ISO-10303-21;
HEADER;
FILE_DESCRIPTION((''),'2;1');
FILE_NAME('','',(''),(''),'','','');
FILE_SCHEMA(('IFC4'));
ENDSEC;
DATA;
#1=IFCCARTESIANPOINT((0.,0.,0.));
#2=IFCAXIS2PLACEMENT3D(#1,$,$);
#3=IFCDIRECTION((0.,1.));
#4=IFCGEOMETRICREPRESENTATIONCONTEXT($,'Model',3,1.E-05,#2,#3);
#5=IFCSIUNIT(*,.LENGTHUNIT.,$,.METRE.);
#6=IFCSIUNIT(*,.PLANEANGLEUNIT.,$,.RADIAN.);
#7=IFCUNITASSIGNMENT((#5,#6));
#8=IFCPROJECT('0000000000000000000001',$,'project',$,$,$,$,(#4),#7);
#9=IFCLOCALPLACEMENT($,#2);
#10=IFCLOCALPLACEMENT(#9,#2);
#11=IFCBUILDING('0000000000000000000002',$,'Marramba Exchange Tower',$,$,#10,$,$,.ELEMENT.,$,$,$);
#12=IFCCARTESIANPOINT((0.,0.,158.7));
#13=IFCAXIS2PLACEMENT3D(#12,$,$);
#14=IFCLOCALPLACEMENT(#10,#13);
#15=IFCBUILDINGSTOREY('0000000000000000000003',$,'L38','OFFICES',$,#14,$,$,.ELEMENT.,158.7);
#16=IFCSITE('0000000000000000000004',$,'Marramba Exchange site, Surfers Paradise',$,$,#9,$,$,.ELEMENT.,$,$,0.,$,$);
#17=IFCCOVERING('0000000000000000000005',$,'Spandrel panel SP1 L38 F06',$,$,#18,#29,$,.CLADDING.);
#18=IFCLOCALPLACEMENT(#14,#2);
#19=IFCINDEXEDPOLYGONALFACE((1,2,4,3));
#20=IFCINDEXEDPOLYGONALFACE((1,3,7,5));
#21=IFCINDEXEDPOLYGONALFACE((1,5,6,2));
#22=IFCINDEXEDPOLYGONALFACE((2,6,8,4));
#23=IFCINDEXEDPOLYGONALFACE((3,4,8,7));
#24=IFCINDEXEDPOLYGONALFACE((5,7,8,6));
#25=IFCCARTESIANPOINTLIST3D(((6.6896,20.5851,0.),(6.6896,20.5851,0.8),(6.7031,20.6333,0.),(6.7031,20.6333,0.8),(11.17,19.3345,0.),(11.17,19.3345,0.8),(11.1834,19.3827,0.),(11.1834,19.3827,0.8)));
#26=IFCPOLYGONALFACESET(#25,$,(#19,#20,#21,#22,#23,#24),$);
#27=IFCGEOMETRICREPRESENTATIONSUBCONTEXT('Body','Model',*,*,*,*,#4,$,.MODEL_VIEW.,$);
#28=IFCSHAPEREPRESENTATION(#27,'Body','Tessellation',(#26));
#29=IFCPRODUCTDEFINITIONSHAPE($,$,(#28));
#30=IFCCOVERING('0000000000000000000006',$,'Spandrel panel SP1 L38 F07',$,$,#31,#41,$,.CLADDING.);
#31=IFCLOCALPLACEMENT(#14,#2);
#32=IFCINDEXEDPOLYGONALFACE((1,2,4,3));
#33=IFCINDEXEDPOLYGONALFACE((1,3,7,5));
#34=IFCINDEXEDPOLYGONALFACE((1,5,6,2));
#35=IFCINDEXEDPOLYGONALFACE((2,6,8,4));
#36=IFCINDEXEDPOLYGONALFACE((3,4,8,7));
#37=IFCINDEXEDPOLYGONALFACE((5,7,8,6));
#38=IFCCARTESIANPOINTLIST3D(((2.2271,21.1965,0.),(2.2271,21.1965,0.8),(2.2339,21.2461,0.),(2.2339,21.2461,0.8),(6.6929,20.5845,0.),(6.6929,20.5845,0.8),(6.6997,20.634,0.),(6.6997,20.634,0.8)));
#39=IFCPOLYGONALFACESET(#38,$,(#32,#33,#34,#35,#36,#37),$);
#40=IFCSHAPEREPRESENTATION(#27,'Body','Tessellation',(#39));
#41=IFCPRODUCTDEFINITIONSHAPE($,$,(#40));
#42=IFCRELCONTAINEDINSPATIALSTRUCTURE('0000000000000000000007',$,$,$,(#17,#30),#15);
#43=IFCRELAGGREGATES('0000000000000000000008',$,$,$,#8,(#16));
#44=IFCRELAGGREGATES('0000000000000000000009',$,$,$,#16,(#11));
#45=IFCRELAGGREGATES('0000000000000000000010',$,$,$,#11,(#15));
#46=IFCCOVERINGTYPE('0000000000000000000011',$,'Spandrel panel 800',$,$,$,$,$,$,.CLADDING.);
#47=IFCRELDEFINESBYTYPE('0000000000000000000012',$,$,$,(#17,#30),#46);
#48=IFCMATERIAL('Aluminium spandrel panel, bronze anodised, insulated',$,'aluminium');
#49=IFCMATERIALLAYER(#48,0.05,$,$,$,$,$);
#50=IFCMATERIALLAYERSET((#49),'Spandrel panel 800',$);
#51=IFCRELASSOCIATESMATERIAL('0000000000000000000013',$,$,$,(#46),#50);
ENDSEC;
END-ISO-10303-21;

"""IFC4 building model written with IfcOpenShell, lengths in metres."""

from ifc_helpers import new_model, si_unit, direction, frame, origin, origin_2d, place, context, subcontext, project, spatial, rectangle, extrude, material, layer, layer_set, type_object, element, save


model = new_model("IFC4")

# Units and contexts
model_context = context("Model", 3, precision=1e-05, world=origin(), true_north=direction((0.0, 1.0)))
body_context = subcontext(model_context, "Body", "Model", "MODEL_VIEW")
ifc_project = project(units=[si_unit("LENGTHUNIT", "METRE"), si_unit("PLANEANGLEUNIT", "RADIAN")], contexts=[model_context])

# Site, building, storey
site_placement = place(None, origin())
site = spatial("IfcSite", under=ifc_project, at=site_placement, Name="Marramba Exchange site, Surfers Paradise", CompositionType="ELEMENT", RefElevation=0.0)
building_placement = place(site_placement, origin())
building = spatial("IfcBuilding", under=site, at=building_placement, Name="Marramba Exchange Tower", CompositionType="ELEMENT")
storey_placement = place(building_placement, frame((0.0, 0.0, 158.7)))
storey = spatial("IfcBuildingStorey", under=building, at=storey_placement, Name="L38", Description="OFFICES", CompositionType="ELEMENT", Elevation=158.7)

# Coverings
ifc_material_1 = material(Name="Aluminium spandrel panel, bronze anodised, insulated", Category="aluminium")
ifc_layer_1 = layer(ifc_material_1, 0.05)
ifc_layer_set_1 = layer_set([ifc_layer_1], Name="Spandrel panel 800")
covering_type = type_object("IfcCoveringType", Name="Spandrel panel 800", PredefinedType="CLADDING", material=ifc_layer_set_1)
covering_1_placement = place(storey_placement, frame((8.9365, 19.9839, 0.0), z_axis=(0.0, 0.0, 1.0), x_axis=(-0.963178, 0.268865, 0.0)))
element("IfcCovering", 1, at=covering_1_placement, inside=storey, type_object=covering_type, Name="Spandrel panel SP1 L38 F06", PredefinedType="CLADDING", context=body_context, shape_type="SweptSolid", body=[
    extrude(rectangle(XDim=4.6516, YDim=0.05, at=origin_2d()), origin(), (0.0, 0.0, 1.0), 0.8),
])
covering_2_placement = place(storey_placement, frame((4.4634, 20.9153, 0.0), z_axis=(0.0, 0.0, 1.0), x_axis=(-0.990738, 0.135786, 0.0)))
element("IfcCovering", 2, at=covering_2_placement, inside=storey, type_object=covering_type, Name="Spandrel panel SP1 L38 F07", PredefinedType="CLADDING", context=body_context, shape_type="SweptSolid", body=[
    extrude(rectangle(XDim=4.5076, YDim=0.05, at=origin_2d()), origin(), (0.0, 0.0, 1.0), 0.8),
])

save(model, "model.ifc")
